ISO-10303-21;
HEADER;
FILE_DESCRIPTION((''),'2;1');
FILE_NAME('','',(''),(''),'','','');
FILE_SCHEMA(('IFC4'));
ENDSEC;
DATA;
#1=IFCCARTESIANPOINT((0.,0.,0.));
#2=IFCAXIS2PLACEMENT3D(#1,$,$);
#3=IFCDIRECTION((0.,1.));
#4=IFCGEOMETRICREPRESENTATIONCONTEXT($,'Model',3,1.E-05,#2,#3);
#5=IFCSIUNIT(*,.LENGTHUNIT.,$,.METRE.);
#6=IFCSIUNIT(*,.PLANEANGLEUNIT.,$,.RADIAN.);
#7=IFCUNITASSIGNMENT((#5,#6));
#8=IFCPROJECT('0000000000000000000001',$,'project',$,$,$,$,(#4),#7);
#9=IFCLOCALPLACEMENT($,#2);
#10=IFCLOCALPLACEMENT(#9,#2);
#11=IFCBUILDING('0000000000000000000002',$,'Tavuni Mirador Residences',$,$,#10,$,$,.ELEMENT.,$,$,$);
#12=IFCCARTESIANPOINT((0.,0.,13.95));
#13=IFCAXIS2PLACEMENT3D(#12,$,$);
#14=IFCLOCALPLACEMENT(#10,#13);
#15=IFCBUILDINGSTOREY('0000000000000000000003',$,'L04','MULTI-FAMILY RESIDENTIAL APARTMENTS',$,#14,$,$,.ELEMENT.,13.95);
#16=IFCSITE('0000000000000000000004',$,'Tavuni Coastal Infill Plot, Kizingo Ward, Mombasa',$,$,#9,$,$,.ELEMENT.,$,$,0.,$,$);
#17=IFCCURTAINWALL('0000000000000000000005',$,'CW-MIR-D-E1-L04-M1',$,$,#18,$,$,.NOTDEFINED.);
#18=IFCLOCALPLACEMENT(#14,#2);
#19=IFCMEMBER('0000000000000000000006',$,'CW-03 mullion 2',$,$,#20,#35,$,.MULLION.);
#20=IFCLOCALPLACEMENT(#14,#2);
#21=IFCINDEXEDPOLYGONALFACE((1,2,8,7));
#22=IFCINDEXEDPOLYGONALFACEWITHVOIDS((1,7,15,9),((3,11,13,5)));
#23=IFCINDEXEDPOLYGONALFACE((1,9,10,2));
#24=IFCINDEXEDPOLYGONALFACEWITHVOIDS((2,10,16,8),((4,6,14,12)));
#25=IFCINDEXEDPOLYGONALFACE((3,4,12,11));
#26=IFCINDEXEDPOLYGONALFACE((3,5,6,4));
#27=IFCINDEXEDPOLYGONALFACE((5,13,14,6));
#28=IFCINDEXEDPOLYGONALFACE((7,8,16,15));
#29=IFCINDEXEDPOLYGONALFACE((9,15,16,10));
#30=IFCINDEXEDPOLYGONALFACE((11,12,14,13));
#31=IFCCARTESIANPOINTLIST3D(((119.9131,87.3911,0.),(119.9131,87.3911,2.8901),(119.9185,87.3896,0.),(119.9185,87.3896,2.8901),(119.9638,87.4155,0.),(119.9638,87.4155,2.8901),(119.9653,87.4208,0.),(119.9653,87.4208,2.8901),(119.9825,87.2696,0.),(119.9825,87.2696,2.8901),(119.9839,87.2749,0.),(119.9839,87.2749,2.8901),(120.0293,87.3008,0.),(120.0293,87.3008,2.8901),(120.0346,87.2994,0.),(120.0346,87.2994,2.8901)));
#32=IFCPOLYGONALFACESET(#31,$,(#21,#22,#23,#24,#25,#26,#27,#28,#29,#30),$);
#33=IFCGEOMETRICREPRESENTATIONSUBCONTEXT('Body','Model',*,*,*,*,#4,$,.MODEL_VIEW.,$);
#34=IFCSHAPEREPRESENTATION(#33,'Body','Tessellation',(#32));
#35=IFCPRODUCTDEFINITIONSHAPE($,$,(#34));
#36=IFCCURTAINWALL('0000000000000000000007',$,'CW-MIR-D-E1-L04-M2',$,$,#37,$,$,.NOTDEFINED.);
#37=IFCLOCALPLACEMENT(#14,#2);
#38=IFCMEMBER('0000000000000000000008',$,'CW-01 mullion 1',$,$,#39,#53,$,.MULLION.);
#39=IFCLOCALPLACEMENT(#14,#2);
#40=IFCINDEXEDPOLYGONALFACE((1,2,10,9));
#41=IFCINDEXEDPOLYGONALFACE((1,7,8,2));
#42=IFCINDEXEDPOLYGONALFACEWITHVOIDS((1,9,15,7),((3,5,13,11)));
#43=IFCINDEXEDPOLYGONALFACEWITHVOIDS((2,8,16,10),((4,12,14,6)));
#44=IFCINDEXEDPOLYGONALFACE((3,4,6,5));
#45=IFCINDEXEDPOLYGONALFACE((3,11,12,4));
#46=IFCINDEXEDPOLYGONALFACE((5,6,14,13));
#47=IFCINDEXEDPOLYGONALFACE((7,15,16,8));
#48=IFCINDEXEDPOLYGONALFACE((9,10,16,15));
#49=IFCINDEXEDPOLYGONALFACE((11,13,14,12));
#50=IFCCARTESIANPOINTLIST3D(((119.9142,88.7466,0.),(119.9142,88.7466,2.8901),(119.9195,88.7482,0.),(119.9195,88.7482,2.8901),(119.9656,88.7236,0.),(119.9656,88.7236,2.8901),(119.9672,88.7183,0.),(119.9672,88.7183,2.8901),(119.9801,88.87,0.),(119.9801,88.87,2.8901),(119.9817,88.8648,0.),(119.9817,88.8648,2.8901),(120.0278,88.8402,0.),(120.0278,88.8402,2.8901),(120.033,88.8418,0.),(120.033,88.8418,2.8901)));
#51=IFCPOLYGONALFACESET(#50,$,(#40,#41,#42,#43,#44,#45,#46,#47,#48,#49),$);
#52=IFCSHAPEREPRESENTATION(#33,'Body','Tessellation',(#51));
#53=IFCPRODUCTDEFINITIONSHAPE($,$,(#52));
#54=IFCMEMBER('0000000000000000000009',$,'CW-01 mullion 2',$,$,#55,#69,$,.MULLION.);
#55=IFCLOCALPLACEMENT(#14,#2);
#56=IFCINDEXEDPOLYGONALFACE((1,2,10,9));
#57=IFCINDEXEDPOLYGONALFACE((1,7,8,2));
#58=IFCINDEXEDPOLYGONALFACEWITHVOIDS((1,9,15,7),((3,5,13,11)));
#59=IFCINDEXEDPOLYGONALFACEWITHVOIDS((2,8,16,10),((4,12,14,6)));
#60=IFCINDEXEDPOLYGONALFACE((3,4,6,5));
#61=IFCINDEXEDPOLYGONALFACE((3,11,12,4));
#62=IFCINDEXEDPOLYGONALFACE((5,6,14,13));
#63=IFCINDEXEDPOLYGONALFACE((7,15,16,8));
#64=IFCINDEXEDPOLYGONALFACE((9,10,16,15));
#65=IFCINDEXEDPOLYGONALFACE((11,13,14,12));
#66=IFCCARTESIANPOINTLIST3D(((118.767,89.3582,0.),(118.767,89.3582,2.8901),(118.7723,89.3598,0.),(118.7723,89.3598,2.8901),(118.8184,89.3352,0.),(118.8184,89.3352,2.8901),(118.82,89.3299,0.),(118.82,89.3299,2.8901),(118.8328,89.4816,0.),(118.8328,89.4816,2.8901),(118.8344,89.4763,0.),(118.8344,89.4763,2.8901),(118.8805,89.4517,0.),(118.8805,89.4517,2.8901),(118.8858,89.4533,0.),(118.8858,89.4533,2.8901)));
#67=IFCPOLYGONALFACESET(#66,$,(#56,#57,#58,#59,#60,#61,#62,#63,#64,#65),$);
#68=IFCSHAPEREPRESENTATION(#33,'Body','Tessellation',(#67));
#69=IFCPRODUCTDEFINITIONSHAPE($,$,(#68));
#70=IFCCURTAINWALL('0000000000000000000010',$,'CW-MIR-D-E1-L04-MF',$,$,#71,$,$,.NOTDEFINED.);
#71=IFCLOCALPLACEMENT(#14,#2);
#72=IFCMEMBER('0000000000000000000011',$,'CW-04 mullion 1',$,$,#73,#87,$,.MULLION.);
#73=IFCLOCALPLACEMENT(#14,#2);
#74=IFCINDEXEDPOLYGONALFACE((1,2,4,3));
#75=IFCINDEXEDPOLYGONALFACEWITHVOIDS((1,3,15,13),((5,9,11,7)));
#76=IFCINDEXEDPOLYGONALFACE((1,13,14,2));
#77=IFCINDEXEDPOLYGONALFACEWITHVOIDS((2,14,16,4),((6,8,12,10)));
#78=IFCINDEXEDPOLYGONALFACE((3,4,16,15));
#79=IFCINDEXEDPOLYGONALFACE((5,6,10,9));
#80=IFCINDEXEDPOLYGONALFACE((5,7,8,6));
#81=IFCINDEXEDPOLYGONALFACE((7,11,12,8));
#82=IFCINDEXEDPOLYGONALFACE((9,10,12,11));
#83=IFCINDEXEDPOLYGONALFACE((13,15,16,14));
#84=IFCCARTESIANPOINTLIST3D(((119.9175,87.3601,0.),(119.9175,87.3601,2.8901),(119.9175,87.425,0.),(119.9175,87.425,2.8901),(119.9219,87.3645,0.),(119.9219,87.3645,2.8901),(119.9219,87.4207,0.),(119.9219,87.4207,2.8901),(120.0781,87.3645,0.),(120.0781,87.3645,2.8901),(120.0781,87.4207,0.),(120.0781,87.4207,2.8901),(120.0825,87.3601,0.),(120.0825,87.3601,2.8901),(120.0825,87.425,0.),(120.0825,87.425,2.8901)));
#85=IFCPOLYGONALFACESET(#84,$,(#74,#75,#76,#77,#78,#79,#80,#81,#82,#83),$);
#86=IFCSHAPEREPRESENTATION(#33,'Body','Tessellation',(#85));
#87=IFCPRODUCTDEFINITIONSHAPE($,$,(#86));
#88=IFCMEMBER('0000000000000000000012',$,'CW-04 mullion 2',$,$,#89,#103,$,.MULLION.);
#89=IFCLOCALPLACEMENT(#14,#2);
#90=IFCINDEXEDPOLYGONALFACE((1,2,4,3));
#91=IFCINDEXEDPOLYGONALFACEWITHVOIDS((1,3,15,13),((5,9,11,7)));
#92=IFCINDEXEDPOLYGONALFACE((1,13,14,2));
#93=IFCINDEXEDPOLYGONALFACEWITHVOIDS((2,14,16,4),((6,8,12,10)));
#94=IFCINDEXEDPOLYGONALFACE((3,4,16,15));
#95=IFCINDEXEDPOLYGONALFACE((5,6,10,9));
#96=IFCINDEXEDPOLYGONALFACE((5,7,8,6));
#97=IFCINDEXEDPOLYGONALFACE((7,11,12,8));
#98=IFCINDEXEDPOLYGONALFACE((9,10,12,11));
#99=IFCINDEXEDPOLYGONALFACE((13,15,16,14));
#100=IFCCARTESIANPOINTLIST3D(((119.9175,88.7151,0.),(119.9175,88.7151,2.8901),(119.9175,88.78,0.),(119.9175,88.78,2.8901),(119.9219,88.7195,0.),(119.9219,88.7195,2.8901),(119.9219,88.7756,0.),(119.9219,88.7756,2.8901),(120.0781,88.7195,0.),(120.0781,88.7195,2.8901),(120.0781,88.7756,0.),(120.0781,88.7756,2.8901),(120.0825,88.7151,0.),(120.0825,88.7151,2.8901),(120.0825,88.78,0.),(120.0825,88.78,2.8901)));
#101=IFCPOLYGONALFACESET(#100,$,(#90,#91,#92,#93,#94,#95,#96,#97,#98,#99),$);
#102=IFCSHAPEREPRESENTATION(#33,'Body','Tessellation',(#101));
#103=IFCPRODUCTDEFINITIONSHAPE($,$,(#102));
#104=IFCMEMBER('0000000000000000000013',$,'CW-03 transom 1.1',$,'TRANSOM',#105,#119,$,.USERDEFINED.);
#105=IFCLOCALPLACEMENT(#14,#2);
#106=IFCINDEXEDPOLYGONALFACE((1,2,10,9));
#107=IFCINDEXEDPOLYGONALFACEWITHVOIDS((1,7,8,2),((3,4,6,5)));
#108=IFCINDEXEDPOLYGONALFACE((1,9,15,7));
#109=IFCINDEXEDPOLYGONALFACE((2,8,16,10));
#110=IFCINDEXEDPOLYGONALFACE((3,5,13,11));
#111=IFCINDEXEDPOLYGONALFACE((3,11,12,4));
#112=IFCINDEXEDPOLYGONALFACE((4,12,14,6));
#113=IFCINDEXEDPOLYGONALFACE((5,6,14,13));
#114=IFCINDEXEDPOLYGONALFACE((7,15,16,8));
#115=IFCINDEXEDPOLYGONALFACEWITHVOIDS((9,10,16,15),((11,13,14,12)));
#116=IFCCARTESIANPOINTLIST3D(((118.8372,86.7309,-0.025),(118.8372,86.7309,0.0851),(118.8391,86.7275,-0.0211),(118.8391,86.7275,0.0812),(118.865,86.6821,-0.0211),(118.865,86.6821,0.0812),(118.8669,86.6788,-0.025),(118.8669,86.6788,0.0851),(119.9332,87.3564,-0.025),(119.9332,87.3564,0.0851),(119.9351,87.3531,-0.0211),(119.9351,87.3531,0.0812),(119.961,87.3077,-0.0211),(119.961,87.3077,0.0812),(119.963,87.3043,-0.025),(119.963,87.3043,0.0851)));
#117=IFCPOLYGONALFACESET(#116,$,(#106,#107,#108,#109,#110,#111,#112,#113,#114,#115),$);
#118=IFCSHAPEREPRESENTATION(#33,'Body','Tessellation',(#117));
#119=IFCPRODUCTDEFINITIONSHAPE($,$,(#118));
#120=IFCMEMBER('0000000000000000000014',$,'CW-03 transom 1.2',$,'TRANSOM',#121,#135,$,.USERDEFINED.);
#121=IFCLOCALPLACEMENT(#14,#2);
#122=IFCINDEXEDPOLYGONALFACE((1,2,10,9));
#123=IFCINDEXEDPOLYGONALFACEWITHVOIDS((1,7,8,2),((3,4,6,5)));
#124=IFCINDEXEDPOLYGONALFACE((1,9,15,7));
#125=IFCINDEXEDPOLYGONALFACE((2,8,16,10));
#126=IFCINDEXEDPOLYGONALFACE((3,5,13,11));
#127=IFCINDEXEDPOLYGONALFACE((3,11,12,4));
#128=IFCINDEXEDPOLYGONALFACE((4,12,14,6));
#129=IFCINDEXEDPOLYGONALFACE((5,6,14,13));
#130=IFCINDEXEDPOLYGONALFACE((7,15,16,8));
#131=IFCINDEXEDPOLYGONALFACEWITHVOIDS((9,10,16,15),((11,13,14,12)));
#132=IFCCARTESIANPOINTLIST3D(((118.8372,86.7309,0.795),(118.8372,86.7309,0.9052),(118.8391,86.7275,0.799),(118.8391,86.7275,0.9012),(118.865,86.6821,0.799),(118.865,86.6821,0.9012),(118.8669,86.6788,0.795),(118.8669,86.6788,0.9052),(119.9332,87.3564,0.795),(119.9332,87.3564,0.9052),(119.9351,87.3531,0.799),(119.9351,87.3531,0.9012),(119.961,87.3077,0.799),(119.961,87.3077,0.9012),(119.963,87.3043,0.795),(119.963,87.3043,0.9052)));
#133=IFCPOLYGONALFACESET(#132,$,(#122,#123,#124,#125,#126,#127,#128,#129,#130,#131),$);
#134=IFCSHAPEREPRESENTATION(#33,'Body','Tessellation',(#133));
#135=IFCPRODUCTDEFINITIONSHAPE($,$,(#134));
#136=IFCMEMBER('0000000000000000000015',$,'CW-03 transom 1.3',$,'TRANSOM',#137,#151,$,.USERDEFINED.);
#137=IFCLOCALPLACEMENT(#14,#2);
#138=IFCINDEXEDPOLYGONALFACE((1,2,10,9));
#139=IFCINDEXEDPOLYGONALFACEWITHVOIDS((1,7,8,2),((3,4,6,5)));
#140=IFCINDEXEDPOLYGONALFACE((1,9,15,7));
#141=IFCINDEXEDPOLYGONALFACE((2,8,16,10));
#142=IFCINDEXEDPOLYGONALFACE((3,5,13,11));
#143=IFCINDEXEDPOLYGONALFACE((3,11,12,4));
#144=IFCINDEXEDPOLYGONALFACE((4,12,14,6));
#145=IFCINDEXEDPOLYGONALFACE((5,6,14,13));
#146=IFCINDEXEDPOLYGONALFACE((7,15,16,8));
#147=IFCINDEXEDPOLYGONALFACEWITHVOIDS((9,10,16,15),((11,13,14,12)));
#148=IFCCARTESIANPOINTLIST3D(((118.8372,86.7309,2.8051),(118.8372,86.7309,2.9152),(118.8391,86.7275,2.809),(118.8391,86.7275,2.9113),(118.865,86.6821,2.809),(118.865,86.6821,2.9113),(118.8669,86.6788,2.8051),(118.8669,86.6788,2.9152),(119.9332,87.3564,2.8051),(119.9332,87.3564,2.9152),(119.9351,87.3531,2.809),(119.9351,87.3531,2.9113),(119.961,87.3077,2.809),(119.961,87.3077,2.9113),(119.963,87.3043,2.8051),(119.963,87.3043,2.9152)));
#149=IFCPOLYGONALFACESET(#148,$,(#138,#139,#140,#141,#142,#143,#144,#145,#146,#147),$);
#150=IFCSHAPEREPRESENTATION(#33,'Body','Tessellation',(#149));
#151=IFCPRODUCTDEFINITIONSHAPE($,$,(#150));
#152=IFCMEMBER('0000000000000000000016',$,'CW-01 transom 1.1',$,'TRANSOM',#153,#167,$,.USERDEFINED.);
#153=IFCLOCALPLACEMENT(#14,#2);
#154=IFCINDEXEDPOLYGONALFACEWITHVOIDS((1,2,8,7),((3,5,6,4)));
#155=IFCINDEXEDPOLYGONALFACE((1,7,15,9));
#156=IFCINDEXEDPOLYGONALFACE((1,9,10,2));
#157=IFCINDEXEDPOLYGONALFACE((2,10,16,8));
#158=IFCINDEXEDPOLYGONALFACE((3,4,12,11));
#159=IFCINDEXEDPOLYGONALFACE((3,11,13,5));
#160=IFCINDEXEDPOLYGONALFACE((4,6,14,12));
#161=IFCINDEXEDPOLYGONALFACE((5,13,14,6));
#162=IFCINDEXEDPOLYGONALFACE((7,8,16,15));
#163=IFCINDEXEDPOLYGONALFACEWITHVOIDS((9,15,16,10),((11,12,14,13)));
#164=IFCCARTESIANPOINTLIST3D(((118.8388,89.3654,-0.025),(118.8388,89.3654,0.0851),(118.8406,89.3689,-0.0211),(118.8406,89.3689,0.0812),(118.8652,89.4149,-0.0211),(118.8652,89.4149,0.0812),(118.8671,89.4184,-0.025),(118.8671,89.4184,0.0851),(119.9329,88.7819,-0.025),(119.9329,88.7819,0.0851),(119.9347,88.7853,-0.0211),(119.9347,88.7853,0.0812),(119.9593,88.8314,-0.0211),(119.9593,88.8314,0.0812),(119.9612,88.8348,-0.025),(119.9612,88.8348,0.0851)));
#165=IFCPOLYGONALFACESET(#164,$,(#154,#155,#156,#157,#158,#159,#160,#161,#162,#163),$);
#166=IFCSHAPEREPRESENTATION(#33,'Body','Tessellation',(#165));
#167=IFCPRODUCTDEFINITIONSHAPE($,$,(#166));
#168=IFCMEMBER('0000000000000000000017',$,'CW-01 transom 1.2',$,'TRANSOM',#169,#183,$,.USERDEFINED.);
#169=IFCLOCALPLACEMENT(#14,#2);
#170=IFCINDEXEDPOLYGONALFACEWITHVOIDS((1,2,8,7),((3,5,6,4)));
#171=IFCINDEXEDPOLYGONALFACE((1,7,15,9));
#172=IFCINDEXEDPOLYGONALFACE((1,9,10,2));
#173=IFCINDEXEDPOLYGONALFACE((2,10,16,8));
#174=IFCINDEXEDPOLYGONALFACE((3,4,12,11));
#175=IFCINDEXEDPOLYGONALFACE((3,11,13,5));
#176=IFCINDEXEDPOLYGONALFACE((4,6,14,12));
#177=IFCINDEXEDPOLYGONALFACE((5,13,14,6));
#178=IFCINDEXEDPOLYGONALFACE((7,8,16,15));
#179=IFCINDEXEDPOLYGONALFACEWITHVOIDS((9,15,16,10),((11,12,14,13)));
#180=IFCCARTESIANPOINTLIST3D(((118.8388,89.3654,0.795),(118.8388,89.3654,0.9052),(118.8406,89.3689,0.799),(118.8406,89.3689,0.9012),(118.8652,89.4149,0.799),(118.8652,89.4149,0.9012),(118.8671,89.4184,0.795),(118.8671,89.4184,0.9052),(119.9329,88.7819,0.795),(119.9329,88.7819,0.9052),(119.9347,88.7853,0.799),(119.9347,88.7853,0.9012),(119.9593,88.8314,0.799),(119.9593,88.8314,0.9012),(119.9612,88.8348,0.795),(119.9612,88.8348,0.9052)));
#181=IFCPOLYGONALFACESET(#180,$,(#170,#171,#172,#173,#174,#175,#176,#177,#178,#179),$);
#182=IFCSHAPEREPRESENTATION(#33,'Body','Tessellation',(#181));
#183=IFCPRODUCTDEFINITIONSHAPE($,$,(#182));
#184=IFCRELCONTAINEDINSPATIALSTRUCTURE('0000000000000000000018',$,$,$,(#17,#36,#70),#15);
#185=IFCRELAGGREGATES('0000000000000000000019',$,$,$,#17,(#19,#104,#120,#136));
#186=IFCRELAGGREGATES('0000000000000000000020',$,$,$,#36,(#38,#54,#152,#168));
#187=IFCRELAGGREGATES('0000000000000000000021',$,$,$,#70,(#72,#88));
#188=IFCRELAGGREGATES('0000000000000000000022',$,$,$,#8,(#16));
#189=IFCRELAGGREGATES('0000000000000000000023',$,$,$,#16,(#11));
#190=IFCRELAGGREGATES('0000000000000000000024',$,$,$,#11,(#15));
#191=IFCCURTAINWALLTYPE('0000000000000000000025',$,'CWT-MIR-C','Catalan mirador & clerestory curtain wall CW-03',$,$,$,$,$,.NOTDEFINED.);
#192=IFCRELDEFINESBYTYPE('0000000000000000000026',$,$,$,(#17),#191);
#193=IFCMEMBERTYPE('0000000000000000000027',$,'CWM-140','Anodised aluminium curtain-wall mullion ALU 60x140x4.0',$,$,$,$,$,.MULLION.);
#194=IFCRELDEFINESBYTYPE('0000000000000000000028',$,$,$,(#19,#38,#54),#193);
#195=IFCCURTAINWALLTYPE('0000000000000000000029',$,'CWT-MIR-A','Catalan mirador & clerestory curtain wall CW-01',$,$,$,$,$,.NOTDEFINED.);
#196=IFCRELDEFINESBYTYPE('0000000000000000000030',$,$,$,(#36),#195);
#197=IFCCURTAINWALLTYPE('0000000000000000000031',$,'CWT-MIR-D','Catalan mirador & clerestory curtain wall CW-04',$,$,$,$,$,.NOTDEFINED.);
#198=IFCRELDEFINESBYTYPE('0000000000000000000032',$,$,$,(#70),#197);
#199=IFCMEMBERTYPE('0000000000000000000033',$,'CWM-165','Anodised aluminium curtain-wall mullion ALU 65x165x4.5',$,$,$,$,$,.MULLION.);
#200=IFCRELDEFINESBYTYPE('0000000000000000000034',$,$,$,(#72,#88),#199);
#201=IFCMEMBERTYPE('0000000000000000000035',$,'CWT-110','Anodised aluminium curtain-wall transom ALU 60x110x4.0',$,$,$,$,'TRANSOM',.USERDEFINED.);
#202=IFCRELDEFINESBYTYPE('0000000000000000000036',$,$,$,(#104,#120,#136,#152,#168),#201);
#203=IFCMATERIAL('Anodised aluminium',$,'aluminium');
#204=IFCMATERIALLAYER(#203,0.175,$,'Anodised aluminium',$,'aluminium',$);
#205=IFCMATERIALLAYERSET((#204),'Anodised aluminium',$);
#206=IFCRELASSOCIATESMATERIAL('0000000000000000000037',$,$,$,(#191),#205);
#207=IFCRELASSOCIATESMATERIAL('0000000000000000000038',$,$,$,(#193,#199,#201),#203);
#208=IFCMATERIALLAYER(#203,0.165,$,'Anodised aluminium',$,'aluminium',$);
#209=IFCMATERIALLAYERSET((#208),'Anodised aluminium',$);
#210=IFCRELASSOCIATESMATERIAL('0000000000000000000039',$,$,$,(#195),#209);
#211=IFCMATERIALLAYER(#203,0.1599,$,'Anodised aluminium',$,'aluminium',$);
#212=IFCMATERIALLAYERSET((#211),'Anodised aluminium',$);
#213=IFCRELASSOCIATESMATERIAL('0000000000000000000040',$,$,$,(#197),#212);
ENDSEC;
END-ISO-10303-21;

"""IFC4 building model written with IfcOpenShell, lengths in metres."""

from ifc_helpers import new_model, si_unit, direction, frame, origin, origin_2d, place, context, subcontext, project, spatial, hollow_rectangle, extrude, material, layer, layer_set, material_profile, profile_set, type_object, element, aggregate, save


model = new_model("IFC4")

# Units and contexts
model_context = context("Model", 3, precision=1e-05, world=origin(), true_north=direction((0.0, 1.0)))
body_context = subcontext(model_context, "Body", "Model", "MODEL_VIEW")
ifc_project = project(units=[si_unit("LENGTHUNIT", "METRE"), si_unit("PLANEANGLEUNIT", "RADIAN")], contexts=[model_context])

# Site, building, storey
site_placement = place(None, origin())
site = spatial("IfcSite", under=ifc_project, at=site_placement, Name="Tavuni Coastal Infill Plot, Kizingo Ward, Mombasa", CompositionType="ELEMENT", RefElevation=0.0)
building_placement = place(site_placement, origin())
building = spatial("IfcBuilding", under=site, at=building_placement, Name="Tavuni Mirador Residences", CompositionType="ELEMENT")
storey_placement = place(building_placement, frame((0.0, 0.0, 13.95)))
storey = spatial("IfcBuildingStorey", under=building, at=storey_placement, Name="L04", Description="MULTI-FAMILY RESIDENTIAL APARTMENTS", CompositionType="ELEMENT", Elevation=13.95)

# Curtain wall, member
ifc_material_1 = material(Name="Anodised aluminium", Category="aluminium")
ifc_layer_1 = layer(ifc_material_1, 0.175, Name="Anodised aluminium", Category="aluminium")
ifc_layer_set_1 = layer_set([ifc_layer_1], Name="Anodised aluminium")
curtain_wall_type_1 = type_object("IfcCurtainWallType", Name="CWT-MIR-C", Description="Catalan mirador & clerestory curtain wall CW-03", PredefinedType="NOTDEFINED", material=ifc_layer_set_1)
curtain_wall_1_placement = place(storey_placement, origin())
curtain_wall_1 = element("IfcCurtainWall", 1, at=curtain_wall_1_placement, inside=storey, type_object=curtain_wall_type_1, Name="CW-MIR-D-E1-L04-M1", PredefinedType="NOTDEFINED")
ifc_material_profile_1 = material_profile(ifc_material_1, hollow_rectangle(XDim=0.0601, YDim=0.1399, WallThickness=0.0039, at=origin_2d()), Name="ALU 60x140x4.0", Category="aluminium")
ifc_profile_set_1 = profile_set([ifc_material_profile_1], Name="Anodised aluminium")
member_type_1 = type_object("IfcMemberType", Name="CWM-140", Description="Anodised aluminium curtain-wall mullion ALU 60x140x4.0", PredefinedType="MULLION", material=ifc_profile_set_1)
member_1_placement = place(storey_placement, frame((119.9739, 87.3452, 0.0), z_axis=(0.0, 0.0, 1.0), x_axis=(0.868466, 0.495749, 0.0)))
member_1 = element("IfcMember", 2, at=member_1_placement, type_object=member_type_1, Name="CW-03 mullion 2", PredefinedType="MULLION", context=body_context, shape_type="SweptSolid", body=[
    extrude(hollow_rectangle(XDim=0.0601, YDim=0.1399, WallThickness=0.0039, at=origin_2d()), origin(), (0.0, 0.0, 1.0), 2.8901),
])

# Curtain walls, members
ifc_layer_2 = layer(ifc_material_1, 0.165, Name="Anodised aluminium", Category="aluminium")
ifc_layer_set_2 = layer_set([ifc_layer_2], Name="Anodised aluminium")
curtain_wall_type_2 = type_object("IfcCurtainWallType", Name="CWT-MIR-A", Description="Catalan mirador & clerestory curtain wall CW-01", PredefinedType="NOTDEFINED", material=ifc_layer_set_2)
curtain_wall_2_placement = place(storey_placement, origin())
curtain_wall_2 = element("IfcCurtainWall", 3, at=curtain_wall_2_placement, inside=storey, type_object=curtain_wall_type_2, Name="CW-MIR-D-E1-L04-M2", PredefinedType="NOTDEFINED")
member_2_placement = place(storey_placement, frame((119.9736, 88.7942, 0.0), z_axis=(0.0, 0.0, 1.0), x_axis=(-0.882353, 0.470588, 0.0)))
member_2 = element("IfcMember", 4, at=member_2_placement, type_object=member_type_1, Name="CW-01 mullion 1", PredefinedType="MULLION", context=body_context, shape_type="SweptSolid", body=[
    extrude(hollow_rectangle(XDim=0.0601, YDim=0.1399, WallThickness=0.0039, at=origin_2d()), origin(), (0.0, 0.0, 1.0), 2.8901),
])
member_3_placement = place(storey_placement, frame((118.8264, 89.4058, 0.0), z_axis=(0.0, 0.0, 1.0), x_axis=(-0.882353, 0.470588, 0.0)))
member_3 = element("IfcMember", 5, at=member_3_placement, type_object=member_type_1, Name="CW-01 mullion 2", PredefinedType="MULLION", context=body_context, shape_type="SweptSolid", body=[
    extrude(hollow_rectangle(XDim=0.0601, YDim=0.1399, WallThickness=0.0039, at=origin_2d()), origin(), (0.0, 0.0, 1.0), 2.8901),
])
ifc_layer_3 = layer(ifc_material_1, 0.1599, Name="Anodised aluminium", Category="aluminium")
ifc_layer_set_3 = layer_set([ifc_layer_3], Name="Anodised aluminium")
curtain_wall_type_3 = type_object("IfcCurtainWallType", Name="CWT-MIR-D", Description="Catalan mirador & clerestory curtain wall CW-04", PredefinedType="NOTDEFINED", material=ifc_layer_set_3)
curtain_wall_3_placement = place(storey_placement, origin())
curtain_wall_3 = element("IfcCurtainWall", 6, at=curtain_wall_3_placement, inside=storey, type_object=curtain_wall_type_3, Name="CW-MIR-D-E1-L04-MF", PredefinedType="NOTDEFINED")
ifc_material_profile_2 = material_profile(ifc_material_1, hollow_rectangle(XDim=0.0649, YDim=0.165, WallThickness=0.0044, at=origin_2d()), Name="ALU 65x165x4.5", Category="aluminium")
ifc_profile_set_2 = profile_set([ifc_material_profile_2], Name="Anodised aluminium")
member_type_2 = type_object("IfcMemberType", Name="CWM-165", Description="Anodised aluminium curtain-wall mullion ALU 65x165x4.5", PredefinedType="MULLION", material=ifc_profile_set_2)
member_4_placement = place(storey_placement, frame((120.0, 87.3926, 0.0), z_axis=(0.0, 0.0, 1.0), x_axis=(0.0, 1.0, 0.0)))
member_4 = element("IfcMember", 7, at=member_4_placement, type_object=member_type_2, Name="CW-04 mullion 1", PredefinedType="MULLION", context=body_context, shape_type="SweptSolid", body=[
    extrude(hollow_rectangle(XDim=0.0649, YDim=0.165, WallThickness=0.0044, at=origin_2d()), origin(), (0.0, 0.0, 1.0), 2.8901),
])
member_5_placement = place(storey_placement, frame((120.0, 88.7476, 0.0), z_axis=(0.0, 0.0, 1.0), x_axis=(0.0, 1.0, 0.0)))
member_5 = element("IfcMember", 8, at=member_5_placement, type_object=member_type_2, Name="CW-04 mullion 2", PredefinedType="MULLION", context=body_context, shape_type="SweptSolid", body=[
    extrude(hollow_rectangle(XDim=0.0649, YDim=0.165, WallThickness=0.0044, at=origin_2d()), origin(), (0.0, 0.0, 1.0), 2.8901),
])

# Members
ifc_material_profile_3 = material_profile(ifc_material_1, hollow_rectangle(XDim=0.0601, YDim=0.1101, WallThickness=0.0039, at=origin_2d()), Name="ALU 60x110x4.0", Category="aluminium")
ifc_profile_set_3 = profile_set([ifc_material_profile_3], Name="Anodised aluminium")
member_type_3 = type_object("IfcMemberType", Name="CWT-110", Description="Anodised aluminium curtain-wall transom ALU 60x110x4.0", ElementType="TRANSOM", PredefinedType="USERDEFINED", material=ifc_profile_set_3)
member_6_placement = place(storey_placement, frame((118.8521, 86.7048, 0.03), z_axis=(0.868505, 0.49568, 0.0), x_axis=(-0.49568, 0.868505, 0.0)))
member_6 = element("IfcMember", 9, at=member_6_placement, type_object=member_type_3, Name="CW-03 transom 1.1", ObjectType="TRANSOM", PredefinedType="USERDEFINED", context=body_context, shape_type="SweptSolid", body=[
    extrude(hollow_rectangle(XDim=0.0601, YDim=0.1101, WallThickness=0.0039, at=origin_2d()), origin(), (0.0, 0.0, 1.0), 1.262),
])
member_7_placement = place(storey_placement, frame((118.8521, 86.7048, 0.8501), z_axis=(0.868505, 0.49568, 0.0), x_axis=(-0.49568, 0.868505, 0.0)))
member_7 = element("IfcMember", 10, at=member_7_placement, type_object=member_type_3, Name="CW-03 transom 1.2", ObjectType="TRANSOM", PredefinedType="USERDEFINED", context=body_context, shape_type="SweptSolid", body=[
    extrude(hollow_rectangle(XDim=0.0601, YDim=0.1101, WallThickness=0.0039, at=origin_2d()), origin(), (0.0, 0.0, 1.0), 1.262),
])
member_8_placement = place(storey_placement, frame((118.8521, 86.7048, 2.8601), z_axis=(0.868505, 0.49568, 0.0), x_axis=(-0.49568, 0.868505, 0.0)))
member_8 = element("IfcMember", 11, at=member_8_placement, type_object=member_type_3, Name="CW-03 transom 1.3", ObjectType="TRANSOM", PredefinedType="USERDEFINED", context=body_context, shape_type="SweptSolid", body=[
    extrude(hollow_rectangle(XDim=0.0601, YDim=0.1101, WallThickness=0.0039, at=origin_2d()), origin(), (0.0, 0.0, 1.0), 1.262),
])
member_9_placement = place(storey_placement, frame((119.947, 88.8083, 0.03), z_axis=(-0.882342, 0.470609, 0.0), x_axis=(-0.470609, -0.882342, 0.0)))
member_9 = element("IfcMember", 12, at=member_9_placement, type_object=member_type_3, Name="CW-01 transom 1.1", ObjectType="TRANSOM", PredefinedType="USERDEFINED", context=body_context, shape_type="SweptSolid", body=[
    extrude(hollow_rectangle(XDim=0.0601, YDim=0.1101, WallThickness=0.0039, at=origin_2d()), origin(), (0.0, 0.0, 1.0), 1.24),
])
member_10_placement = place(storey_placement, frame((119.947, 88.8083, 0.8501), z_axis=(-0.882342, 0.470609, 0.0), x_axis=(-0.470609, -0.882342, 0.0)))
member_10 = element("IfcMember", 13, at=member_10_placement, type_object=member_type_3, Name="CW-01 transom 1.2", ObjectType="TRANSOM", PredefinedType="USERDEFINED", context=body_context, shape_type="SweptSolid", body=[
    extrude(hollow_rectangle(XDim=0.0601, YDim=0.1101, WallThickness=0.0039, at=origin_2d()), origin(), (0.0, 0.0, 1.0), 1.24),
])

aggregate(curtain_wall_1, [member_1, member_6, member_7, member_8])
aggregate(curtain_wall_2, [member_2, member_3, member_9, member_10])
aggregate(curtain_wall_3, [member_4, member_5])

save(model, "model.ifc")
